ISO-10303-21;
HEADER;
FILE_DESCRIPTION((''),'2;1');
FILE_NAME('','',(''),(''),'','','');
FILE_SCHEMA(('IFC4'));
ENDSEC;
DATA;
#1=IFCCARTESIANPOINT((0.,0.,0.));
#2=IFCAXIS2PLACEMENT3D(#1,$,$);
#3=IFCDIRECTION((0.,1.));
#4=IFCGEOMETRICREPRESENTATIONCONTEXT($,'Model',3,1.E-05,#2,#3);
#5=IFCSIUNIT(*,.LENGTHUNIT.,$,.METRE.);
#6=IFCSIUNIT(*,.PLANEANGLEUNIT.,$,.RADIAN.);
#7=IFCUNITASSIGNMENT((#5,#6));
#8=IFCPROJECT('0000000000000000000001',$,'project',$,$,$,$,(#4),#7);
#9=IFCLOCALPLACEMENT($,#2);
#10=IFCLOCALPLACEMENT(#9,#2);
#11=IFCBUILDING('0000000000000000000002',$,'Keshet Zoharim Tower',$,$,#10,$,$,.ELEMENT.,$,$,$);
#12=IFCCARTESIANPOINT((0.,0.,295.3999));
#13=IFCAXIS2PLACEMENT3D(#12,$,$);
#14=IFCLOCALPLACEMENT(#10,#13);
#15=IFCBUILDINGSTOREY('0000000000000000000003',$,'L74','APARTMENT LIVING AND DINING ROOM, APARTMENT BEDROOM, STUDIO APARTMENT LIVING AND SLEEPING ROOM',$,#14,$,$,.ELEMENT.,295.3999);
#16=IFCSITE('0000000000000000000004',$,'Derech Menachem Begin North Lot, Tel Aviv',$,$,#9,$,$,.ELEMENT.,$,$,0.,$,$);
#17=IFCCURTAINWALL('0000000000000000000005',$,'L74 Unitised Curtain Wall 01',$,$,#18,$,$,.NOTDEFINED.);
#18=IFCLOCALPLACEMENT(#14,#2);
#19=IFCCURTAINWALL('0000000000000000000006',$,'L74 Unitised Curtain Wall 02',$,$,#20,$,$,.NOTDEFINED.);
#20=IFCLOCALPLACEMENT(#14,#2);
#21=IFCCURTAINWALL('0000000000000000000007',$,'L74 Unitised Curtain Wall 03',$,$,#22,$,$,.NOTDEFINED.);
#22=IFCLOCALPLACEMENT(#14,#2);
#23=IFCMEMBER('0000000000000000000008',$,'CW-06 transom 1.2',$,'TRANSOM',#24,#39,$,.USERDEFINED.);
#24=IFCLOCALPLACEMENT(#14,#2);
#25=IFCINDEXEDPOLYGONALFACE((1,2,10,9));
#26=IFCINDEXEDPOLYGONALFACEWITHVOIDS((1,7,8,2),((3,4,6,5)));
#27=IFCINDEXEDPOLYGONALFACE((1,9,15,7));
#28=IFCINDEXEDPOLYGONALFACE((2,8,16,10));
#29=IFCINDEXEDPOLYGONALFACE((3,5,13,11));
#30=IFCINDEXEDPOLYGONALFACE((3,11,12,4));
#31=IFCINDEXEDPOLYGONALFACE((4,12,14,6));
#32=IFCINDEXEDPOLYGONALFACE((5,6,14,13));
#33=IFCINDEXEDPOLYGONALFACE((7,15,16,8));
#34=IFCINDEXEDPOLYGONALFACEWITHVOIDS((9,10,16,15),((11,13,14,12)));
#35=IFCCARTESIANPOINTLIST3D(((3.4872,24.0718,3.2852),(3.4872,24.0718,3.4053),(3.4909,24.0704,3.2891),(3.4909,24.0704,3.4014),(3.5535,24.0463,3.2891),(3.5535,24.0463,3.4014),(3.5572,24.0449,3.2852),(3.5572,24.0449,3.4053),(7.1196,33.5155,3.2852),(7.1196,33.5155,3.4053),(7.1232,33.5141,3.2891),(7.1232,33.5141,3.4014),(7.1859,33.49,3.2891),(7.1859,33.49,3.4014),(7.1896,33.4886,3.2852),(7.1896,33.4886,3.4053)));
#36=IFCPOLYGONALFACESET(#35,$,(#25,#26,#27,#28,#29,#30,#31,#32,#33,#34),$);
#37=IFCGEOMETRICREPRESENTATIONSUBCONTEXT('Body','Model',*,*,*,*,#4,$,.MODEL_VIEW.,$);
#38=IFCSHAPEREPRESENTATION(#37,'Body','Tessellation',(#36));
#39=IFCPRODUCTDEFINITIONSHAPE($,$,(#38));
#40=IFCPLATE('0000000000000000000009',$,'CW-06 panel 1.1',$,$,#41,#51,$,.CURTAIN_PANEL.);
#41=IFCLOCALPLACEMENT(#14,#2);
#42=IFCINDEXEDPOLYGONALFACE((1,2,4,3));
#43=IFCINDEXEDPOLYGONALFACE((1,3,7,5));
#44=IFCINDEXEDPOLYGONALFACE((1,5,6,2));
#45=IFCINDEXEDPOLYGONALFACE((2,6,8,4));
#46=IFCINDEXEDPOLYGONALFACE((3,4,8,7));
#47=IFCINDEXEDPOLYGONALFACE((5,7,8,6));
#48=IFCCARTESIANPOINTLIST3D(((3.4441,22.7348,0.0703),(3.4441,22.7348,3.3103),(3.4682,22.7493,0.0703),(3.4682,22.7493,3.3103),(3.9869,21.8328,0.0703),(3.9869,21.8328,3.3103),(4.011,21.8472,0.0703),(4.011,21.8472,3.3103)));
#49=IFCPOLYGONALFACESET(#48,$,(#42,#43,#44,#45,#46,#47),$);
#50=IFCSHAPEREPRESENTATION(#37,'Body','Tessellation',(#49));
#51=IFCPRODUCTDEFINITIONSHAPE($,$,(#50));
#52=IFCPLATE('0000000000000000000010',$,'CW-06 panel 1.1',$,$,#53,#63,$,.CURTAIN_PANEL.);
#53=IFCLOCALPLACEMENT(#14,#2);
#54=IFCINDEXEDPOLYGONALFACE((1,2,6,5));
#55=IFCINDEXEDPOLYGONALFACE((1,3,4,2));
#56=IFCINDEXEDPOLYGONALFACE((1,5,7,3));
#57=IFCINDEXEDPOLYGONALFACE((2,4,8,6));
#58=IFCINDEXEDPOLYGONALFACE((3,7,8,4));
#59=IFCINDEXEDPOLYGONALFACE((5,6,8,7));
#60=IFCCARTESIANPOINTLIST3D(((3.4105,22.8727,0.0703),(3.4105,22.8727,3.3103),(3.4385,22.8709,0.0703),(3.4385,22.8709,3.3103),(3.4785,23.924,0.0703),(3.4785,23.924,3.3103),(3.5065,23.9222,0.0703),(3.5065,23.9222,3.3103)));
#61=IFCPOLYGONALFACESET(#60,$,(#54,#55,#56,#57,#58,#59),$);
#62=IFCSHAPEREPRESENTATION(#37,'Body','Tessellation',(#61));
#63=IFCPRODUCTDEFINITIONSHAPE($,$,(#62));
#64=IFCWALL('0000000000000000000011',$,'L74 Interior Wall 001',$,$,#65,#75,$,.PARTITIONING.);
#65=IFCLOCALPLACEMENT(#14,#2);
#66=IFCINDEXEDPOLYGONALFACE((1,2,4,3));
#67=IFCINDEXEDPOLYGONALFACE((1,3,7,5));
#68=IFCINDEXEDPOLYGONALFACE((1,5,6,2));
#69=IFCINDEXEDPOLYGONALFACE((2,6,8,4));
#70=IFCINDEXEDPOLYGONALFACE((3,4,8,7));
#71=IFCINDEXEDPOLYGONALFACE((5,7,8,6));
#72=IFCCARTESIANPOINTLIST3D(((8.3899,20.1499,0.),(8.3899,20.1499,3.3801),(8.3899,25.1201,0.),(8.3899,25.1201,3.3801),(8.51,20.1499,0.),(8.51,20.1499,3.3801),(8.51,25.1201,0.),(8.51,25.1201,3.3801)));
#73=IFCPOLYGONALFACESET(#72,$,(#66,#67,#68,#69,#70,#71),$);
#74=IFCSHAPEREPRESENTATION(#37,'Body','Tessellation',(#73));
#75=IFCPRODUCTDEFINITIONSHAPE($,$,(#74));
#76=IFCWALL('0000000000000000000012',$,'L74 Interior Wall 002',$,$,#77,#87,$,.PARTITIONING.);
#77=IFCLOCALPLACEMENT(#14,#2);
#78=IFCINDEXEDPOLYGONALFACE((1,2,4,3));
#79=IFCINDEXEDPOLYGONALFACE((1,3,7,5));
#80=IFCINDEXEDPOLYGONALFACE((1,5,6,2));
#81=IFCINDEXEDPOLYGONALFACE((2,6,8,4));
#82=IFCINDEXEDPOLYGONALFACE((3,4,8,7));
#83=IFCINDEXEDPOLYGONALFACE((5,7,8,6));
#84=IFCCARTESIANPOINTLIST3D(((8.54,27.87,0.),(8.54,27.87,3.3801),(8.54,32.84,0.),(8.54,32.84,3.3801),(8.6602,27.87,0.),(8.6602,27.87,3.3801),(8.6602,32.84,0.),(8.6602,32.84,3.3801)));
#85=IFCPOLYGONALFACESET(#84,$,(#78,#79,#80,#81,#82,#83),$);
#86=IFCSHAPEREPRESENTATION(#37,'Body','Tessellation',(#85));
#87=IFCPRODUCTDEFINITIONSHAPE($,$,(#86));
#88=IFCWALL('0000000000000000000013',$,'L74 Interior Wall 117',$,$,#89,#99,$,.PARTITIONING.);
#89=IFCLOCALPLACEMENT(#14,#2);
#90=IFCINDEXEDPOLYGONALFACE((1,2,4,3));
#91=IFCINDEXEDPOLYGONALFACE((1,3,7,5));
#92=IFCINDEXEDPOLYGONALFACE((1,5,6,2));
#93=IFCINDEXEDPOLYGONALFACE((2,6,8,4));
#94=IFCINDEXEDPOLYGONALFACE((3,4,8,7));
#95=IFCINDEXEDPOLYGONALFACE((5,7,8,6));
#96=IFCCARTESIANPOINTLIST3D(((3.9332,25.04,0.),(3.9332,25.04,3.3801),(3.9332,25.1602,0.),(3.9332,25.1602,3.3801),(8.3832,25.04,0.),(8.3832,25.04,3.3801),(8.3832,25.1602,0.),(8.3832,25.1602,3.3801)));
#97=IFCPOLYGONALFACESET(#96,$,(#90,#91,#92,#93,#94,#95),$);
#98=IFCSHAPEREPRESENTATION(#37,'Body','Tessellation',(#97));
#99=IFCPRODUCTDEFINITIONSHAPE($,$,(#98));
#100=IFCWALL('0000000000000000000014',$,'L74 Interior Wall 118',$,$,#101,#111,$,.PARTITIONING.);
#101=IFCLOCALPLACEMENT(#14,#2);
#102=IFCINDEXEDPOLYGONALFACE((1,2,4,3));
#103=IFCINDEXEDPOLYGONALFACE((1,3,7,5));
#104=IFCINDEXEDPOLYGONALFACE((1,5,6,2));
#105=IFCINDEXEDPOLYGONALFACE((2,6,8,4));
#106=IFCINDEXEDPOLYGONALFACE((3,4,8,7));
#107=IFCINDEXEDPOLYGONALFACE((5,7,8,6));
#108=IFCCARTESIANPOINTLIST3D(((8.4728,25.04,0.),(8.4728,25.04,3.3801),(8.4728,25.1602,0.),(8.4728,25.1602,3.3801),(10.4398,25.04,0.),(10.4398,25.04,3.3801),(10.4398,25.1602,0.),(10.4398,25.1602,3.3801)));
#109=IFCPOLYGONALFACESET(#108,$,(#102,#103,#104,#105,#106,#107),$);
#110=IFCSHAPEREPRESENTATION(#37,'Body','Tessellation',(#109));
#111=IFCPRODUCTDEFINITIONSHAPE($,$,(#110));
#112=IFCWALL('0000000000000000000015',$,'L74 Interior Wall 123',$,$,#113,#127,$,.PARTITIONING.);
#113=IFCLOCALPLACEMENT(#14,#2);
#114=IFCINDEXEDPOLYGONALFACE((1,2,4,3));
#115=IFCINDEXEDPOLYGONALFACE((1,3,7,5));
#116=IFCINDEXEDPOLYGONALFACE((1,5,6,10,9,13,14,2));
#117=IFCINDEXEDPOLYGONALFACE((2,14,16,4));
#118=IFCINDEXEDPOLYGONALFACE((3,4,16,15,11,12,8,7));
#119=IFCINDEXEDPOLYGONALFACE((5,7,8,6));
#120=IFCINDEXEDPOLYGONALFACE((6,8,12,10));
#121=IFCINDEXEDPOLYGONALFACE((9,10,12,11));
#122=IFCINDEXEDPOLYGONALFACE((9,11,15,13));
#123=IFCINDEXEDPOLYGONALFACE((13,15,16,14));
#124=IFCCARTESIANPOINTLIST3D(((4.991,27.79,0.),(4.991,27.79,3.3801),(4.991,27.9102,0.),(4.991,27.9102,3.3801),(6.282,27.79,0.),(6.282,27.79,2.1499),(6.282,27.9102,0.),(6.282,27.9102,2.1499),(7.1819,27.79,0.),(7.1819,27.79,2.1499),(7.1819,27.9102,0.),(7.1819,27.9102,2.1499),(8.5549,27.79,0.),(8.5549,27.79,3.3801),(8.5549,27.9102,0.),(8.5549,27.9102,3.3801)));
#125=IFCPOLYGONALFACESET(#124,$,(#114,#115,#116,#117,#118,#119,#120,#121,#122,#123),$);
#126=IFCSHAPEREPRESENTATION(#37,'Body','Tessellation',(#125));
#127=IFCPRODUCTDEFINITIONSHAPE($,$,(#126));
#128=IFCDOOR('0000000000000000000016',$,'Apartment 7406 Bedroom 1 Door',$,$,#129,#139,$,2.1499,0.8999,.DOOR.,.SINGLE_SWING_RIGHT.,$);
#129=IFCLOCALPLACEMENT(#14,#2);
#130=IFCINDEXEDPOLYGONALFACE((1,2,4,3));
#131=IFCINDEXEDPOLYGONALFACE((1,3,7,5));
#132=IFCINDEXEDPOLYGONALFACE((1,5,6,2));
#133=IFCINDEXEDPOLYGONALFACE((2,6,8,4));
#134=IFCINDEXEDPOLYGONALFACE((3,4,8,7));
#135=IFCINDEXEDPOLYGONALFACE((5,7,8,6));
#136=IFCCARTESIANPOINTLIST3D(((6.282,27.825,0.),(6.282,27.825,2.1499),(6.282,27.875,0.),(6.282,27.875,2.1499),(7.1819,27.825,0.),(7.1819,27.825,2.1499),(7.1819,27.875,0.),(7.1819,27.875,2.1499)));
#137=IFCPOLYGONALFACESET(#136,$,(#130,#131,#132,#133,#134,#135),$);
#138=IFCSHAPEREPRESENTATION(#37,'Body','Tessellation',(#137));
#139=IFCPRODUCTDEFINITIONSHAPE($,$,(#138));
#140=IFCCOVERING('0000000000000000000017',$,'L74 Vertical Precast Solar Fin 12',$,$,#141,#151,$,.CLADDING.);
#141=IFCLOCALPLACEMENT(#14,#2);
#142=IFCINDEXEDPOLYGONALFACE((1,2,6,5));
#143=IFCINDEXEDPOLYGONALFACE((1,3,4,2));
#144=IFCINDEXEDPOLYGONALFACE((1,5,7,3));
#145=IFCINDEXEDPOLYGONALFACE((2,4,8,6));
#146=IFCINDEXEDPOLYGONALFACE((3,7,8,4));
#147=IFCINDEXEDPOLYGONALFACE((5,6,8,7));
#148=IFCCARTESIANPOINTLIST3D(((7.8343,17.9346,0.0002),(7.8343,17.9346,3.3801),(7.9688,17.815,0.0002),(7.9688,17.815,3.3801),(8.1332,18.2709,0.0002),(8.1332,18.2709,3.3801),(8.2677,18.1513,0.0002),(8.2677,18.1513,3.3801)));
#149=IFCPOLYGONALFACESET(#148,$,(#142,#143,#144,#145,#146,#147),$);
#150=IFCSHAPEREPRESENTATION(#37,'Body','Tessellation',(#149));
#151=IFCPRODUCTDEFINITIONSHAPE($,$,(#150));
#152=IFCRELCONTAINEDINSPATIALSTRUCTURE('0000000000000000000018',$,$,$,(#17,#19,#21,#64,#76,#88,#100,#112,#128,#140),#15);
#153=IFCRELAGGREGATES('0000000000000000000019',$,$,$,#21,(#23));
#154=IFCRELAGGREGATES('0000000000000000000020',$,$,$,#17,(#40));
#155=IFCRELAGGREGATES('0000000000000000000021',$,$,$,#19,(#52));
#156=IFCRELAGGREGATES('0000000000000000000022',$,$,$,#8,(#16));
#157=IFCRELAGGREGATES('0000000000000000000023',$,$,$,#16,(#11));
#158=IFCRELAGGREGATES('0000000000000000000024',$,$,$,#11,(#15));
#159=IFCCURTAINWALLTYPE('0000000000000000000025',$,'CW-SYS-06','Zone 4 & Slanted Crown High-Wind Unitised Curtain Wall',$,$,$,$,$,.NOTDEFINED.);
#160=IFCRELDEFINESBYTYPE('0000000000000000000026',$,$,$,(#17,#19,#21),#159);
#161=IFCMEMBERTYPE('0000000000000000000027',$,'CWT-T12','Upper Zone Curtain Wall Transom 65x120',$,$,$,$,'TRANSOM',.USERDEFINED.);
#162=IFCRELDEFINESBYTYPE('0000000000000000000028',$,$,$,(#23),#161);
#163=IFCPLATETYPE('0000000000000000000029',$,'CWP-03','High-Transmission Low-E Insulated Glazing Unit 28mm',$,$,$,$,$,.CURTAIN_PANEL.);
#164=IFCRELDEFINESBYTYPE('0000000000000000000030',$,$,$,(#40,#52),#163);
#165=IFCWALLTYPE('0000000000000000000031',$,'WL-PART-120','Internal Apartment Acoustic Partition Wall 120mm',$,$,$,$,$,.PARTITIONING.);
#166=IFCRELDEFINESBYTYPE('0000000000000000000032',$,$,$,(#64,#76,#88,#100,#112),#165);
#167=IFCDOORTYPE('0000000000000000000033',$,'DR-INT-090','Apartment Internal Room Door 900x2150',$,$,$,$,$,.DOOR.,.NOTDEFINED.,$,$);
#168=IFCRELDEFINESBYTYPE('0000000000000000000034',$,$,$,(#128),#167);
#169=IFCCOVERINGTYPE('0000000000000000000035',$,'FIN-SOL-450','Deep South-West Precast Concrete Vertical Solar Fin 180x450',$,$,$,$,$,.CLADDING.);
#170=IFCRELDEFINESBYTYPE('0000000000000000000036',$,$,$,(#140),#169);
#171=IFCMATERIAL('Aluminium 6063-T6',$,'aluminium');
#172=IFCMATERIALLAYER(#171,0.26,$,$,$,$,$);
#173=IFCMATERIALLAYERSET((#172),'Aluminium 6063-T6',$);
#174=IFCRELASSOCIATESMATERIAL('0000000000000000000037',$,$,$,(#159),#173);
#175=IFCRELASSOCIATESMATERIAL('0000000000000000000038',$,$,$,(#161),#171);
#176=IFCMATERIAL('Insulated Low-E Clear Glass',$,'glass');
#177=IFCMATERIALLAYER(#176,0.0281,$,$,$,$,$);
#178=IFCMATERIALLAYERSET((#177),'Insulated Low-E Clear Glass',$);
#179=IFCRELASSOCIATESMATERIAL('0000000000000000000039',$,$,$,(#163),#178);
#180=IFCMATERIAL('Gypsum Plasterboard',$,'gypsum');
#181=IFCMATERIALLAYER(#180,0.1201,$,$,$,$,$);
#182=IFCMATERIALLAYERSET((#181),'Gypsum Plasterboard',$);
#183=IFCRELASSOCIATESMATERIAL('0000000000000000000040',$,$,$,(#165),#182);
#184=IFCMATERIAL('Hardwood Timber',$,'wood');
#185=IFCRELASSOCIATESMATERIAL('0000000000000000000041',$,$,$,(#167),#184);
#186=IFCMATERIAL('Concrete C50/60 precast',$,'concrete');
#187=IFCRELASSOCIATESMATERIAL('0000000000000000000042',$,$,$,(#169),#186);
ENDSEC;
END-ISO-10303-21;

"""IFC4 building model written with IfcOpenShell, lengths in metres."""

from ifc_helpers import new_model, si_unit, direction, frame, frame_2d, origin, origin_2d, place, context, subcontext, project, spatial, rectangle, hollow_rectangle, extrude, material, layer, layer_set, material_profile, profile_set, type_object, element, fill, aggregate, save


model = new_model("IFC4")

# Units and contexts
model_context = context("Model", 3, precision=1e-05, world=origin(), true_north=direction((0.0, 1.0)))
body_context = subcontext(model_context, "Body", "Model", "MODEL_VIEW")
ifc_project = project(units=[si_unit("LENGTHUNIT", "METRE"), si_unit("PLANEANGLEUNIT", "RADIAN")], contexts=[model_context])

# Site, building, storey
site_placement = place(None, origin())
site = spatial("IfcSite", under=ifc_project, at=site_placement, Name="Derech Menachem Begin North Lot, Tel Aviv", CompositionType="ELEMENT", RefElevation=0.0)
building_placement = place(site_placement, origin())
building = spatial("IfcBuilding", under=site, at=building_placement, Name="Keshet Zoharim Tower", CompositionType="ELEMENT")
storey_placement = place(building_placement, frame((0.0, 0.0, 295.3999)))
storey = spatial("IfcBuildingStorey", under=building, at=storey_placement, Name="L74", Description="APARTMENT LIVING AND DINING ROOM, APARTMENT BEDROOM, STUDIO APARTMENT LIVING AND SLEEPING ROOM", CompositionType="ELEMENT", Elevation=295.3999)

# Curtain walls
ifc_material_1 = material(Name="Aluminium 6063-T6", Category="aluminium")
ifc_layer_1 = layer(ifc_material_1, 0.26)
ifc_layer_set_1 = layer_set([ifc_layer_1], Name="Aluminium 6063-T6")
curtain_wall_type = type_object("IfcCurtainWallType", Name="CW-SYS-06", Description="Zone 4 & Slanted Crown High-Wind Unitised Curtain Wall", PredefinedType="NOTDEFINED", material=ifc_layer_set_1)
curtain_wall_1_placement = place(storey_placement, origin())
curtain_wall_1 = element("IfcCurtainWall", 1, at=curtain_wall_1_placement, inside=storey, type_object=curtain_wall_type, Name="L74 Unitised Curtain Wall 01", PredefinedType="NOTDEFINED")
curtain_wall_2_placement = place(storey_placement, origin())
curtain_wall_2 = element("IfcCurtainWall", 2, at=curtain_wall_2_placement, inside=storey, type_object=curtain_wall_type, Name="L74 Unitised Curtain Wall 02", PredefinedType="NOTDEFINED")

# Curtain wall
curtain_wall_3_placement = place(storey_placement, origin())
curtain_wall_3 = element("IfcCurtainWall", 3, at=curtain_wall_3_placement, inside=storey, type_object=curtain_wall_type, Name="L74 Unitised Curtain Wall 03", PredefinedType="NOTDEFINED")

# Member
ifc_material_profile_1 = material_profile(ifc_material_1, hollow_rectangle(XDim=0.075, YDim=0.1201, WallThickness=0.0039, at=origin_2d()), Name="TRN-75x120")
ifc_profile_set_1 = profile_set([ifc_material_profile_1], Name="Aluminium 6063-T6")
member_type_1 = type_object("IfcMemberType", Name="CWT-T12", Description="Upper Zone Curtain Wall Transom 65x120", ElementType="TRANSOM", PredefinedType="USERDEFINED", material=ifc_profile_set_1)
member_1_placement = place(storey_placement, frame((3.5222, 24.0583, 3.3452), z_axis=(0.358994, 0.93334, 0.0), x_axis=(-0.93334, 0.358994, 0.0)))
member_1 = element("IfcMember", 4, at=member_1_placement, type_object=member_type_1, Name="CW-06 transom 1.2", ObjectType="TRANSOM", PredefinedType="USERDEFINED", context=body_context, shape_type="SweptSolid", body=[
    extrude(hollow_rectangle(XDim=0.075, YDim=0.1201, WallThickness=0.0039, at=origin_2d()), origin(), (0.0, 0.0, 1.0), 10.1182),
])
aggregate(curtain_wall_3, [member_1])

# Plates
ifc_material_2 = material(Name="Insulated Low-E Clear Glass", Category="glass")
ifc_layer_2 = layer(ifc_material_2, 0.0281)
ifc_layer_set_2 = layer_set([ifc_layer_2], Name="Insulated Low-E Clear Glass")
plate_type = type_object("IfcPlateType", Name="CWP-03", Description="High-Transmission Low-E Insulated Glazing Unit 28mm", PredefinedType="CURTAIN_PANEL", material=ifc_layer_set_2)
plate_1_placement = place(storey_placement, frame((3.7275, 22.291, 0.0703), z_axis=(0.0, 0.0, 1.0), x_axis=(-0.515605, 0.856826, 0.0)))
plate_1 = element("IfcPlate", 5, at=plate_1_placement, type_object=plate_type, Name="CW-06 panel 1.1", PredefinedType="CURTAIN_PANEL", context=body_context, shape_type="SweptSolid", body=[
    extrude(rectangle(XDim=1.0527, YDim=0.0281, at=origin_2d()), origin(), (0.0, 0.0, 1.0), 3.24),
])
aggregate(curtain_wall_1, [plate_1])
plate_2_placement = place(storey_placement, frame((3.4585, 23.3975, 0.0703), z_axis=(0.0, 0.0, 1.0), x_axis=(0.064517, 0.997917, 0.0)))
plate_2 = element("IfcPlate", 6, at=plate_2_placement, type_object=plate_type, Name="CW-06 panel 1.1", PredefinedType="CURTAIN_PANEL", context=body_context, shape_type="SweptSolid", body=[
    extrude(rectangle(XDim=1.0535, YDim=0.0281, at=origin_2d()), origin(), (0.0, 0.0, 1.0), 3.24),
])
aggregate(curtain_wall_2, [plate_2])

# Walls
ifc_material_3 = material(Name="Gypsum Plasterboard", Category="gypsum")
ifc_layer_3 = layer(ifc_material_3, 0.1201)
ifc_layer_set_3 = layer_set([ifc_layer_3], Name="Gypsum Plasterboard")
wall_type = type_object("IfcWallType", Name="WL-PART-120", Description="Internal Apartment Acoustic Partition Wall 120mm", PredefinedType="PARTITIONING", material=ifc_layer_set_3)
wall_1_placement = place(storey_placement, frame((8.45, 20.1499, 0.0), z_axis=(0.0, 0.0, 1.0), x_axis=(0.0, 1.0, 0.0)))
element("IfcWall", 7, at=wall_1_placement, inside=storey, type_object=wall_type, Name="L74 Interior Wall 001", PredefinedType="PARTITIONING", context=body_context, shape_type="SweptSolid", body=[
    extrude(rectangle(XDim=4.9702, YDim=0.1201, at=frame_2d((2.4851, 0.0))), origin(), (0.0, 0.0, 1.0), 3.3801),
])
wall_2_placement = place(storey_placement, frame((8.6001, 27.8701, 0.0), z_axis=(0.0, 0.0, 1.0), x_axis=(0.0, 1.0, 0.0)))
element("IfcWall", 8, at=wall_2_placement, inside=storey, type_object=wall_type, Name="L74 Interior Wall 002", PredefinedType="PARTITIONING", context=body_context, shape_type="SweptSolid", body=[
    extrude(rectangle(XDim=4.97, YDim=0.1201, at=frame_2d((2.4849, 0.0))), origin(), (0.0, 0.0, 1.0), 3.3801),
])

# Shared definitions
ifc_material_4 = material(Name="Hardwood Timber", Category="wood")
door_type = type_object("IfcDoorType", Name="DR-INT-090", Description="Apartment Internal Room Door 900x2150", OperationType="NOTDEFINED", PredefinedType="DOOR", material=ifc_material_4)

# Walls
wall_3_placement = place(storey_placement, frame((3.9331, 25.1001, 0.0), z_axis=(0.0, 0.0, 1.0), x_axis=(1.0, 0.0, 0.0)))
element("IfcWall", 9, at=wall_3_placement, inside=storey, type_object=wall_type, Name="L74 Interior Wall 117", PredefinedType="PARTITIONING", context=body_context, shape_type="SweptSolid", body=[
    extrude(rectangle(XDim=4.45, YDim=0.1201, at=frame_2d((2.2251, 0.0))), origin(), (0.0, 0.0, 1.0), 3.3801),
])
wall_4_placement = place(storey_placement, frame((8.4729, 25.1001, 0.0), z_axis=(0.0, 0.0, 1.0), x_axis=(1.0, 0.0, 0.0)))
element("IfcWall", 10, at=wall_4_placement, inside=storey, type_object=wall_type, Name="L74 Interior Wall 118", PredefinedType="PARTITIONING", context=body_context, shape_type="SweptSolid", body=[
    extrude(rectangle(XDim=1.967, YDim=0.1201, at=frame_2d((0.9834, 0.0))), origin(), (0.0, 0.0, 1.0), 3.3801),
])

# Wall, opening, door
wall_5_placement = place(storey_placement, frame((4.991, 27.8501, 0.0), z_axis=(0.0, 0.0, 1.0), x_axis=(1.0, 0.0, 0.0)))
wall_5 = element("IfcWall", 11, at=wall_5_placement, inside=storey, type_object=wall_type, Name="L74 Interior Wall 123", PredefinedType="PARTITIONING", context=body_context, shape_type="SweptSolid", body=[
    extrude(rectangle(XDim=3.564, YDim=0.1201, at=frame_2d((1.782, 0.0))), origin(), (0.0, 0.0, 1.0), 3.3801),
])
opening_1_placement = place(wall_5_placement, frame((1.291, 0.0, 0.0)))
opening_1 = element("IfcOpeningElement", 12, at=opening_1_placement, cuts=wall_5, PredefinedType="OPENING", context=body_context, shape_type="SweptSolid", body=[
    extrude(rectangle(XDim=0.8999, YDim=2.1499, at=frame_2d((0.45, 1.075))), frame((0.0, 0.0701, 0.0), z_axis=(0.0, -1.0, 0.0), x_axis=(1.0, 0.0, 0.0)), (0.0, 0.0, 1.0), 0.1401),
])
door_1_placement = place(opening_1_placement, origin())
door_1 = element("IfcDoor", 13, at=door_1_placement, inside=storey, type_object=door_type, Name="Apartment 7406 Bedroom 1 Door", OperationType="SINGLE_SWING_RIGHT", OverallHeight=2.1499, OverallWidth=0.8999, PredefinedType="DOOR", context=body_context, shape_type="SweptSolid", body=[
    extrude(rectangle(XDim=0.8999, YDim=2.1499, at=frame_2d((0.45, 1.075))), frame((0.0, 0.0249, 0.0), z_axis=(0.0, -1.0, 0.0), x_axis=(1.0, 0.0, 0.0)), (0.0, 0.0, 1.0), 0.05),
])
fill(opening_1, door_1)

# Covering
ifc_material_5 = material(Name="Concrete C50/60 precast", Category="concrete")
covering_type = type_object("IfcCoveringType", Name="FIN-SOL-450", Description="Deep South-West Precast Concrete Vertical Solar Fin 180x450", PredefinedType="CLADDING", material=ifc_material_5)
covering_placement = place(storey_placement, frame((8.051, 18.043, 0.0002), z_axis=(0.0, 0.0, 1.0), x_axis=(-0.747412, 0.664361, 0.0)))
element("IfcCovering", 14, at=covering_placement, inside=storey, type_object=covering_type, Name="L74 Vertical Precast Solar Fin 12", PredefinedType="CLADDING", context=body_context, shape_type="SweptSolid", body=[
    extrude(rectangle(XDim=0.1799, YDim=0.45, at=origin_2d()), origin(), (0.0, 0.0, 1.0), 3.3799),
])

save(model, "model.ifc")
